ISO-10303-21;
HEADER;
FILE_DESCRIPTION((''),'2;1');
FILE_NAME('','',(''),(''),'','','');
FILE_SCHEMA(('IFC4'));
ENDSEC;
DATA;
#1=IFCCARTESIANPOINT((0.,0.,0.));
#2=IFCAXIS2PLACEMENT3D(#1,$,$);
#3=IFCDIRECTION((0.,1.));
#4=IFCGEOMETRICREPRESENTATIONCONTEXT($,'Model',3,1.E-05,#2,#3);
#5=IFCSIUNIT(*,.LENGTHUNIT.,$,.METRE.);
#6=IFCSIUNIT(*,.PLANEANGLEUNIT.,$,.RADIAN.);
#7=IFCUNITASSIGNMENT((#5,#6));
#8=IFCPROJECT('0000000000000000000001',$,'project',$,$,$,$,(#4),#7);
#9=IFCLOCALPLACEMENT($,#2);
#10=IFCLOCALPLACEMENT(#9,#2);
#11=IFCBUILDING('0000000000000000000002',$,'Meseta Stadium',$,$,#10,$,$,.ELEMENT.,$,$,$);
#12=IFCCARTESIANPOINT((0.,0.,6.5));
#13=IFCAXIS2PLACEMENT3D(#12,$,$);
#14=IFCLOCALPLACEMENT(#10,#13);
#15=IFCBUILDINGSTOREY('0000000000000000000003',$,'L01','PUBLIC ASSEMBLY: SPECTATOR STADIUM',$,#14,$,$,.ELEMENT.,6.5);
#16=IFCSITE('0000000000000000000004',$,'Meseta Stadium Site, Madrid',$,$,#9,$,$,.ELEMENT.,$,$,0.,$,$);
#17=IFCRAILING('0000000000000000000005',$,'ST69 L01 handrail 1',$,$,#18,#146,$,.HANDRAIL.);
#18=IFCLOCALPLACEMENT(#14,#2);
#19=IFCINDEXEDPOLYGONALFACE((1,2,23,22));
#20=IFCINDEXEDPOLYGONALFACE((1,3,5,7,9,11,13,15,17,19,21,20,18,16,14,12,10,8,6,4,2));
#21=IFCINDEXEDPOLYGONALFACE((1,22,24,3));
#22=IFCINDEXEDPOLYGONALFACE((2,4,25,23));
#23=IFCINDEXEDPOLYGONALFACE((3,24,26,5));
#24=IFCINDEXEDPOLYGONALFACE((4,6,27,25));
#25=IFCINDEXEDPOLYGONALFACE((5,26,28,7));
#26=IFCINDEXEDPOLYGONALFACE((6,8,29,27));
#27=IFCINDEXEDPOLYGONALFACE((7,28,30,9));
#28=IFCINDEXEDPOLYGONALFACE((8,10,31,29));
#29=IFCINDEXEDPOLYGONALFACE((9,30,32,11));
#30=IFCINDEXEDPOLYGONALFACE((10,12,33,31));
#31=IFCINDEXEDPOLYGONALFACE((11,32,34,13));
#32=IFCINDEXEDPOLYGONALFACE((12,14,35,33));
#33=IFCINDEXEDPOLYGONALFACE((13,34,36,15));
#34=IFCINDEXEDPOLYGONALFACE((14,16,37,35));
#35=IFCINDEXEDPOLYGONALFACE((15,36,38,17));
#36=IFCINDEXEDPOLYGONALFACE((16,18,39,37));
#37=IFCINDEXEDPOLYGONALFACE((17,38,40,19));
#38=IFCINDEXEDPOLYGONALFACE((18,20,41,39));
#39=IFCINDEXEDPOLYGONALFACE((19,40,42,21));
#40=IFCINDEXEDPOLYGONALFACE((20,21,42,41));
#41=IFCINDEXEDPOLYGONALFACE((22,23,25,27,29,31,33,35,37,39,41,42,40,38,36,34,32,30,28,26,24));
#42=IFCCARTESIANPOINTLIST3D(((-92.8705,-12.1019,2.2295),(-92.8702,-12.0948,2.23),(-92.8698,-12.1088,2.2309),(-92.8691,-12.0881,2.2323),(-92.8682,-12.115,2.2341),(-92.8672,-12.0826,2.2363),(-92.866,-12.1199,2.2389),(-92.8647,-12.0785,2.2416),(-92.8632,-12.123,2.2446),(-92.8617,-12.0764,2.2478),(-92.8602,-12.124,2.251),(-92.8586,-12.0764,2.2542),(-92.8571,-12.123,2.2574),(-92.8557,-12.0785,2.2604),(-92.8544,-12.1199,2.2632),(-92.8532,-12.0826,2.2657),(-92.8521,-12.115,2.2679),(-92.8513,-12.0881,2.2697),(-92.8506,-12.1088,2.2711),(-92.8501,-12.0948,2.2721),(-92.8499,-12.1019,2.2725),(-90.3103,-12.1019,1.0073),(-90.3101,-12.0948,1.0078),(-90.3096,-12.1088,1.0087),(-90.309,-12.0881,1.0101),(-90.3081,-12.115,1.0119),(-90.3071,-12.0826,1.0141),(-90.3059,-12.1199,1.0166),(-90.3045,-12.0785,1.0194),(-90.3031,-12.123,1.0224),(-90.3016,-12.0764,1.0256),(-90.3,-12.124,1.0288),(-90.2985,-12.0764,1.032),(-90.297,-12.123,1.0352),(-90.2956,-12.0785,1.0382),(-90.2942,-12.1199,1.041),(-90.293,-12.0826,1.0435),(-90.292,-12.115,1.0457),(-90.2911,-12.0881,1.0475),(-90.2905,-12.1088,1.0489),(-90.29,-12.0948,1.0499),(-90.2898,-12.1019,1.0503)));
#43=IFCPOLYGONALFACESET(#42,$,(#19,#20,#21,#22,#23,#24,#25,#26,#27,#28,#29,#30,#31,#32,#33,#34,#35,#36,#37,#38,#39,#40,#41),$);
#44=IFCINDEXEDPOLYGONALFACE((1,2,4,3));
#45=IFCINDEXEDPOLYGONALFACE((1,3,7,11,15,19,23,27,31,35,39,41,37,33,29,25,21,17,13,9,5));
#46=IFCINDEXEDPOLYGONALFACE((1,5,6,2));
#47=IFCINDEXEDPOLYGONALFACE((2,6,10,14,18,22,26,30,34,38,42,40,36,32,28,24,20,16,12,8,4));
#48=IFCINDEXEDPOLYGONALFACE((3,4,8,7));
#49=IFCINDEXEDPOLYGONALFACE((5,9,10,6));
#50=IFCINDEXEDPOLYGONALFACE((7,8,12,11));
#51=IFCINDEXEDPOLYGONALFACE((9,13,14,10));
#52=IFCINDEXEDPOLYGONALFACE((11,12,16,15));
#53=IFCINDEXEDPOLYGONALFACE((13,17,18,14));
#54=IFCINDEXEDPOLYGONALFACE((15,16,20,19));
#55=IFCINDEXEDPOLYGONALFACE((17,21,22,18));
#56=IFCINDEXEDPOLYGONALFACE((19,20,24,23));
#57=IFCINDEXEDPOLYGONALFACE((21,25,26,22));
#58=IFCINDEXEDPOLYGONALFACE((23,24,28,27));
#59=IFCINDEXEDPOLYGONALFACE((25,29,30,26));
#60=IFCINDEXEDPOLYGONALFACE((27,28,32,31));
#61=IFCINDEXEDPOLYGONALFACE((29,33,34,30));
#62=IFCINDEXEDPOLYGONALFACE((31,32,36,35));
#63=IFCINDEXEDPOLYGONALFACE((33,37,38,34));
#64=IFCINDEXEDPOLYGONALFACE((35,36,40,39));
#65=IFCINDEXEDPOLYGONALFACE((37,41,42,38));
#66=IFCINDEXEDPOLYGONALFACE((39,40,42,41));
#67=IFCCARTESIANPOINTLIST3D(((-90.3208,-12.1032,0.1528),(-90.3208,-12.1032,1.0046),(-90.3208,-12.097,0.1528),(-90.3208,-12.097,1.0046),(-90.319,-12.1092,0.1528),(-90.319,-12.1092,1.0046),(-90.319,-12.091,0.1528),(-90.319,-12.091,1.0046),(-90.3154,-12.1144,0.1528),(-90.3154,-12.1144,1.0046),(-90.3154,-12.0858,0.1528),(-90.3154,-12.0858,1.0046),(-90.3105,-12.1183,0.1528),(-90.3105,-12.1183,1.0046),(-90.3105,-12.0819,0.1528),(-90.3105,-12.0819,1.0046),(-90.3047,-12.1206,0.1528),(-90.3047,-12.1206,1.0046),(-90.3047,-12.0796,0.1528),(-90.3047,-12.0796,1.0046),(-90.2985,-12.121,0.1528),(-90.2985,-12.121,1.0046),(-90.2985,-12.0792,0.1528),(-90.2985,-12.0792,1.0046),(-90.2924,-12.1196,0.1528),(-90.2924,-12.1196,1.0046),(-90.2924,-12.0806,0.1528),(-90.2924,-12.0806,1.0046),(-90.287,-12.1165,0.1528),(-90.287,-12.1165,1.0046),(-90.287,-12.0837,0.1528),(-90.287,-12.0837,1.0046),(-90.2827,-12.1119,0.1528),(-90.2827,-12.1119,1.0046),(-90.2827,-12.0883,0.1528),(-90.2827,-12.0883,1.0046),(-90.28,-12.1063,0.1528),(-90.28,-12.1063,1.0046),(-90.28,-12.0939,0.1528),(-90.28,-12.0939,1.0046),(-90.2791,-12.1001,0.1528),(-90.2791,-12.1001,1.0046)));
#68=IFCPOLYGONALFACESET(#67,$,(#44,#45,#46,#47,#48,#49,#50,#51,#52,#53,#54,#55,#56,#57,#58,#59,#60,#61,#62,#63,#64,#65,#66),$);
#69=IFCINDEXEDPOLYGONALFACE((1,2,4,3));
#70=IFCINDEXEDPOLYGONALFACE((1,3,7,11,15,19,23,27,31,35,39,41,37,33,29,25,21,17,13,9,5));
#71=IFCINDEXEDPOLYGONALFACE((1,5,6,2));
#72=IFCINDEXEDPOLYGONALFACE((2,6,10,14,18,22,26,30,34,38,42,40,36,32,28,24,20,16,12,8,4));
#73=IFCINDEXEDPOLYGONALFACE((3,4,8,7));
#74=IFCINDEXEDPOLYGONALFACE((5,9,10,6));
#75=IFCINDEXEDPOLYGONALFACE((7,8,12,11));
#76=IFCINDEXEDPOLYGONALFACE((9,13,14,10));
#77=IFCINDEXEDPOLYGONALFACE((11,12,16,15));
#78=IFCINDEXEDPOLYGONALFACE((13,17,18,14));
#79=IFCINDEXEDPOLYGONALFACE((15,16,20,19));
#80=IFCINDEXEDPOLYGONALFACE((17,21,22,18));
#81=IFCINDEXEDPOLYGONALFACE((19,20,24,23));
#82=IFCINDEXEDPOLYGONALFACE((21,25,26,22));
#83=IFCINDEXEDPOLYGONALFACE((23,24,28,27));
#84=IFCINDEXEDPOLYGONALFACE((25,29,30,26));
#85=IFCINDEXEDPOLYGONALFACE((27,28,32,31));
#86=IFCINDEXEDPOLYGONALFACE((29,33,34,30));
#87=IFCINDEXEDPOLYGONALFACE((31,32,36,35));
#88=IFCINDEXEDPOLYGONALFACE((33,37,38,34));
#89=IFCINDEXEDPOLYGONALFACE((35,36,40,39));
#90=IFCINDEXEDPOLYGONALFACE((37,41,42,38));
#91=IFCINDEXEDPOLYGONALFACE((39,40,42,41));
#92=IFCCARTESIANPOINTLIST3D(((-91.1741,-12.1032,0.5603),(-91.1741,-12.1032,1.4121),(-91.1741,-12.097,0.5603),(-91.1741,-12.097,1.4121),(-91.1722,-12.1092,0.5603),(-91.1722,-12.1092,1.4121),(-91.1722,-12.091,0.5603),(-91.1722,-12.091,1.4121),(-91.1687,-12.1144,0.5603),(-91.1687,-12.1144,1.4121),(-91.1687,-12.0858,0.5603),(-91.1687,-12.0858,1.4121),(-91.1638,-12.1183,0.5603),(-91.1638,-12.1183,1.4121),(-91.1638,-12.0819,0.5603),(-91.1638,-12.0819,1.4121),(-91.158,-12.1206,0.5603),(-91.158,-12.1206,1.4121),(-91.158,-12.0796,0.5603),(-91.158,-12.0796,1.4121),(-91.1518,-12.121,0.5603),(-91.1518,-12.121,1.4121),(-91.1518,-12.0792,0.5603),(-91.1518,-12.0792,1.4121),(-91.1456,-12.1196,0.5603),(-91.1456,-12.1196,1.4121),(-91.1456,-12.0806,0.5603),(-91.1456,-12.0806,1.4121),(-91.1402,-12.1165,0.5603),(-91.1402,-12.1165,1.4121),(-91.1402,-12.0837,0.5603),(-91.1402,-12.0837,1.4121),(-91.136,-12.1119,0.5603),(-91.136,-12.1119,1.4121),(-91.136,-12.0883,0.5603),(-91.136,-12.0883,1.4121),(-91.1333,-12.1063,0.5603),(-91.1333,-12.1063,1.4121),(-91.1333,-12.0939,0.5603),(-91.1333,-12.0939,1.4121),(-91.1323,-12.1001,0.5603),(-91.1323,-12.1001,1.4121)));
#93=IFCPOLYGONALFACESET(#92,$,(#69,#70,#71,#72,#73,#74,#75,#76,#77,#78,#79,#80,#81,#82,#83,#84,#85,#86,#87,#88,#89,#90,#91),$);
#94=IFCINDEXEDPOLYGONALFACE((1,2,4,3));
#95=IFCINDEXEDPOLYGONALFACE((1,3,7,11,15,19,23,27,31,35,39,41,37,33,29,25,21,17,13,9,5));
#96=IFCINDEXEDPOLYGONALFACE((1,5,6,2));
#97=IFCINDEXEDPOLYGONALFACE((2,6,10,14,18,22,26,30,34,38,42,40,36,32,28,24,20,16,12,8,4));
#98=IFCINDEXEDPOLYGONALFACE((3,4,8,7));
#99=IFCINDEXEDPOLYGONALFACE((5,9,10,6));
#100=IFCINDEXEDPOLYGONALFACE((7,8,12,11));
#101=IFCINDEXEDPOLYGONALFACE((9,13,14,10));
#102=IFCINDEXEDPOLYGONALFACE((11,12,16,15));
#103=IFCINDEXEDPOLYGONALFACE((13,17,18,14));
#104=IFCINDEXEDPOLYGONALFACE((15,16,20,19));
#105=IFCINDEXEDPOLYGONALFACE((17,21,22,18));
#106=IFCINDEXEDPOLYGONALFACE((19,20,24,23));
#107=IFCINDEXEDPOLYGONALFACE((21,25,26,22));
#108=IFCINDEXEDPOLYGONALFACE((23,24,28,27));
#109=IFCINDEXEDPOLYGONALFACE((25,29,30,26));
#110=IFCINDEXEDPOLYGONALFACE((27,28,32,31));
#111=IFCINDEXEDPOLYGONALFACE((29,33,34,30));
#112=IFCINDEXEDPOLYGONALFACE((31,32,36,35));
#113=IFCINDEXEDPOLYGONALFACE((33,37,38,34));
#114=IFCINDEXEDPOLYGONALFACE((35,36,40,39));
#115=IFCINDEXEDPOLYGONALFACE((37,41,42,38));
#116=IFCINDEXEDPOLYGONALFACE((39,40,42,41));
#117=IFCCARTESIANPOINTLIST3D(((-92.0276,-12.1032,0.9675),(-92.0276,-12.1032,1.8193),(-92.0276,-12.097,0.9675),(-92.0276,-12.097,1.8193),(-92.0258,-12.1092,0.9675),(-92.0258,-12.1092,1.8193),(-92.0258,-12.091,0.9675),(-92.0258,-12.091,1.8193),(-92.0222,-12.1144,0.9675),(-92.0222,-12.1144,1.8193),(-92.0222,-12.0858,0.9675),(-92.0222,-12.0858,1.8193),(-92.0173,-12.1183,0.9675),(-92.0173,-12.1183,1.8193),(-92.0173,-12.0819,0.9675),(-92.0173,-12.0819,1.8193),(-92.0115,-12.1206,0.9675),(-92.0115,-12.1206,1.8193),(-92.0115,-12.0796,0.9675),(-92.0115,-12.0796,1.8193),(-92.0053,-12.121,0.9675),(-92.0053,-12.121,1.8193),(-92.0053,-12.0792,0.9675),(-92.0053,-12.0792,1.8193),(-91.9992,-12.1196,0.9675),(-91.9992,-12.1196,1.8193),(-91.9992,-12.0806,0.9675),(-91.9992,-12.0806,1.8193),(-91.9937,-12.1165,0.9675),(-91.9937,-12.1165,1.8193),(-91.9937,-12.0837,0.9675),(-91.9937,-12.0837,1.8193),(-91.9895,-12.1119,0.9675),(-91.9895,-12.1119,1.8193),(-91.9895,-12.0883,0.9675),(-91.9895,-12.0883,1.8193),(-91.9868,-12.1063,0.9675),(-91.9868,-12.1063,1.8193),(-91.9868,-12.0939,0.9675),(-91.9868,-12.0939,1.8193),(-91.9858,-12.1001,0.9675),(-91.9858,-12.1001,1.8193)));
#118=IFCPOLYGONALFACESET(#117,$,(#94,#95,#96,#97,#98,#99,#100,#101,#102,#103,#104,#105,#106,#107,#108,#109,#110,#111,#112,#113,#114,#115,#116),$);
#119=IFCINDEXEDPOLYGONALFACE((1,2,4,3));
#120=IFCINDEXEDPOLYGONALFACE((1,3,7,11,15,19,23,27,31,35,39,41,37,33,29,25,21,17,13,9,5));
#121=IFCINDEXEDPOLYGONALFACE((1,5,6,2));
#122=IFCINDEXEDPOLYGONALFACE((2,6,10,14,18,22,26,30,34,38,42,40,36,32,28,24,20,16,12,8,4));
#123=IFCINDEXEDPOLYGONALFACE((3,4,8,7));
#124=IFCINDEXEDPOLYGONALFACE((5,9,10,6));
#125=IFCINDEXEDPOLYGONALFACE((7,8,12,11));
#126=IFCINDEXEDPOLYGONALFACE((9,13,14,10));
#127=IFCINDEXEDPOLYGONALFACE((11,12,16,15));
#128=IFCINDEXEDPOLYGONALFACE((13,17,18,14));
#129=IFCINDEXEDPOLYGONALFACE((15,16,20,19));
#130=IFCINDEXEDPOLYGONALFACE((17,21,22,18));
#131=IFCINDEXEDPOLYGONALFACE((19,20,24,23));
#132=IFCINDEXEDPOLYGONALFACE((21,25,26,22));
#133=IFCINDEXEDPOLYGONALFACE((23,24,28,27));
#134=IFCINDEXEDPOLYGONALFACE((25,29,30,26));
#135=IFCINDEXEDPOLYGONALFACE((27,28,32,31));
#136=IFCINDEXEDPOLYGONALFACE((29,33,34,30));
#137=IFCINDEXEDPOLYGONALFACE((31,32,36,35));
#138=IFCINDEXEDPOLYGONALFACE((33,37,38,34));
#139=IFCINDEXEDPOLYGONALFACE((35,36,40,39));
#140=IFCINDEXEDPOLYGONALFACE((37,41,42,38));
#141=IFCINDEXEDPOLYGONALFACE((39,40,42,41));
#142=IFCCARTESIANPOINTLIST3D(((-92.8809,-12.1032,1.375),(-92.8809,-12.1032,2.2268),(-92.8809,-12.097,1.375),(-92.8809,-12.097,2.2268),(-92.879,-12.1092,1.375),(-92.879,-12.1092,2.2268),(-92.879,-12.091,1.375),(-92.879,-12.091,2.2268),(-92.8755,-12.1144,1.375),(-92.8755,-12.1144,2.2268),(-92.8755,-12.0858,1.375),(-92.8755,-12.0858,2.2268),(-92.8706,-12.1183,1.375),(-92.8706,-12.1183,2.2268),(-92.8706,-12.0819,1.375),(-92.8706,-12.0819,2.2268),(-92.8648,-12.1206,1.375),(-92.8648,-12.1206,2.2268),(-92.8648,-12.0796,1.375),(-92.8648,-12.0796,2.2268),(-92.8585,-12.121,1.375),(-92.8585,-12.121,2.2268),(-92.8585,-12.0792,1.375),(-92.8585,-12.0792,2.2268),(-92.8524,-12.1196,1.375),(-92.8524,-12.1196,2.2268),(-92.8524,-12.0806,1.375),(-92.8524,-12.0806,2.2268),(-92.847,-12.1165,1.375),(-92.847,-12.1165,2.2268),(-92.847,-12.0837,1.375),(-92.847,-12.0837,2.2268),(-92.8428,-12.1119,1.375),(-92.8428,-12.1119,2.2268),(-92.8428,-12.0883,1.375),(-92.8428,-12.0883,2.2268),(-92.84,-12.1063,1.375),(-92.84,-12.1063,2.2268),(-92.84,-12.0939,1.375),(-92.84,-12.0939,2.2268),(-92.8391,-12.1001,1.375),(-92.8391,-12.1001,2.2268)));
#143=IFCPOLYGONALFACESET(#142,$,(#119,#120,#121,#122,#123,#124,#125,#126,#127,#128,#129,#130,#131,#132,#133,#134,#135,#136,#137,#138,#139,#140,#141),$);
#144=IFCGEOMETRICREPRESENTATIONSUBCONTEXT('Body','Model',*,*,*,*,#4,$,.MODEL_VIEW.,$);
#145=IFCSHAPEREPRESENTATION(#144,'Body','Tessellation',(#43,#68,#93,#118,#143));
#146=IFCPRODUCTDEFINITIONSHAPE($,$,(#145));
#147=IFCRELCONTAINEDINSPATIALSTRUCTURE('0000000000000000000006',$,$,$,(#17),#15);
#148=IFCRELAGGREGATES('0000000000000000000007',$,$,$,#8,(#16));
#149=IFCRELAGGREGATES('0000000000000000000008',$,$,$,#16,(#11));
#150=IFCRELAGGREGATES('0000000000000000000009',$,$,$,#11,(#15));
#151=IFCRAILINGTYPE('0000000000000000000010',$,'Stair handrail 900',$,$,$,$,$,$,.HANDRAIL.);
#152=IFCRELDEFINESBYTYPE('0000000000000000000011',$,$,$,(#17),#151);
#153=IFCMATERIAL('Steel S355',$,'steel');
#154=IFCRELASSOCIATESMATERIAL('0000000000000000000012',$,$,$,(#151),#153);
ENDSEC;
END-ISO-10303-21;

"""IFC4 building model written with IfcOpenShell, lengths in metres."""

from ifc_helpers import new_model, si_unit, direction, frame, origin, origin_2d, place, context, subcontext, project, spatial, circle, extrude, material, type_object, element, save


model = new_model("IFC4")

# Units and contexts
model_context = context("Model", 3, precision=1e-05, world=origin(), true_north=direction((0.0, 1.0)))
body_context = subcontext(model_context, "Body", "Model", "MODEL_VIEW")
ifc_project = project(units=[si_unit("LENGTHUNIT", "METRE"), si_unit("PLANEANGLEUNIT", "RADIAN")], contexts=[model_context])

# Site, building, storey
site_placement = place(None, origin())
site = spatial("IfcSite", under=ifc_project, at=site_placement, Name="Meseta Stadium Site, Madrid", CompositionType="ELEMENT", RefElevation=0.0)
building_placement = place(site_placement, origin())
building = spatial("IfcBuilding", under=site, at=building_placement, Name="Meseta Stadium", CompositionType="ELEMENT")
storey_placement = place(building_placement, frame((0.0, 0.0, 6.5)))
storey = spatial("IfcBuildingStorey", under=building, at=storey_placement, Name="L01", Description="PUBLIC ASSEMBLY: SPECTATOR STADIUM", CompositionType="ELEMENT", Elevation=6.5)

# Railing
ifc_material_1 = material(Name="Steel S355", Category="steel")
railing_type = type_object("IfcRailingType", Name="Stair handrail 900", PredefinedType="HANDRAIL", material=ifc_material_1)
for number, where, name in (
    (1, (-90.3, -12.1001, 0.1528), "ST69 L01 handrail 1"),
):
    element("IfcRailing", number, at=place(storey_placement, frame(where)), inside=storey, type_object=railing_type, Name=name, PredefinedType="HANDRAIL", context=body_context, shape_type="SweptSolid", body=[
        extrude(circle(Radius=0.0239, at=origin_2d()), frame((0.0, 0.0, 0.876), z_axis=(-0.902437, 0.0, 0.430822), x_axis=(0.0, -1.0, 0.0)), (0.0, 0.0, 1.0), 2.8369),
        extrude(circle(Radius=0.021, at=origin_2d()), origin(), (0.0, 0.0, 1.0), 0.8518),
        extrude(circle(Radius=0.021, at=origin_2d()), frame((-0.8533, 0.0, 0.4075)), (0.0, 0.0, 1.0), 0.8518),
        extrude(circle(Radius=0.021, at=origin_2d()), frame((-1.7068, 0.0, 0.8147)), (0.0, 0.0, 1.0), 0.8518),
        extrude(circle(Radius=0.021, at=origin_2d()), frame((-2.5601, 0.0, 1.2222)), (0.0, 0.0, 1.0), 0.8518),
    ])

save(model, "model.ifc")
